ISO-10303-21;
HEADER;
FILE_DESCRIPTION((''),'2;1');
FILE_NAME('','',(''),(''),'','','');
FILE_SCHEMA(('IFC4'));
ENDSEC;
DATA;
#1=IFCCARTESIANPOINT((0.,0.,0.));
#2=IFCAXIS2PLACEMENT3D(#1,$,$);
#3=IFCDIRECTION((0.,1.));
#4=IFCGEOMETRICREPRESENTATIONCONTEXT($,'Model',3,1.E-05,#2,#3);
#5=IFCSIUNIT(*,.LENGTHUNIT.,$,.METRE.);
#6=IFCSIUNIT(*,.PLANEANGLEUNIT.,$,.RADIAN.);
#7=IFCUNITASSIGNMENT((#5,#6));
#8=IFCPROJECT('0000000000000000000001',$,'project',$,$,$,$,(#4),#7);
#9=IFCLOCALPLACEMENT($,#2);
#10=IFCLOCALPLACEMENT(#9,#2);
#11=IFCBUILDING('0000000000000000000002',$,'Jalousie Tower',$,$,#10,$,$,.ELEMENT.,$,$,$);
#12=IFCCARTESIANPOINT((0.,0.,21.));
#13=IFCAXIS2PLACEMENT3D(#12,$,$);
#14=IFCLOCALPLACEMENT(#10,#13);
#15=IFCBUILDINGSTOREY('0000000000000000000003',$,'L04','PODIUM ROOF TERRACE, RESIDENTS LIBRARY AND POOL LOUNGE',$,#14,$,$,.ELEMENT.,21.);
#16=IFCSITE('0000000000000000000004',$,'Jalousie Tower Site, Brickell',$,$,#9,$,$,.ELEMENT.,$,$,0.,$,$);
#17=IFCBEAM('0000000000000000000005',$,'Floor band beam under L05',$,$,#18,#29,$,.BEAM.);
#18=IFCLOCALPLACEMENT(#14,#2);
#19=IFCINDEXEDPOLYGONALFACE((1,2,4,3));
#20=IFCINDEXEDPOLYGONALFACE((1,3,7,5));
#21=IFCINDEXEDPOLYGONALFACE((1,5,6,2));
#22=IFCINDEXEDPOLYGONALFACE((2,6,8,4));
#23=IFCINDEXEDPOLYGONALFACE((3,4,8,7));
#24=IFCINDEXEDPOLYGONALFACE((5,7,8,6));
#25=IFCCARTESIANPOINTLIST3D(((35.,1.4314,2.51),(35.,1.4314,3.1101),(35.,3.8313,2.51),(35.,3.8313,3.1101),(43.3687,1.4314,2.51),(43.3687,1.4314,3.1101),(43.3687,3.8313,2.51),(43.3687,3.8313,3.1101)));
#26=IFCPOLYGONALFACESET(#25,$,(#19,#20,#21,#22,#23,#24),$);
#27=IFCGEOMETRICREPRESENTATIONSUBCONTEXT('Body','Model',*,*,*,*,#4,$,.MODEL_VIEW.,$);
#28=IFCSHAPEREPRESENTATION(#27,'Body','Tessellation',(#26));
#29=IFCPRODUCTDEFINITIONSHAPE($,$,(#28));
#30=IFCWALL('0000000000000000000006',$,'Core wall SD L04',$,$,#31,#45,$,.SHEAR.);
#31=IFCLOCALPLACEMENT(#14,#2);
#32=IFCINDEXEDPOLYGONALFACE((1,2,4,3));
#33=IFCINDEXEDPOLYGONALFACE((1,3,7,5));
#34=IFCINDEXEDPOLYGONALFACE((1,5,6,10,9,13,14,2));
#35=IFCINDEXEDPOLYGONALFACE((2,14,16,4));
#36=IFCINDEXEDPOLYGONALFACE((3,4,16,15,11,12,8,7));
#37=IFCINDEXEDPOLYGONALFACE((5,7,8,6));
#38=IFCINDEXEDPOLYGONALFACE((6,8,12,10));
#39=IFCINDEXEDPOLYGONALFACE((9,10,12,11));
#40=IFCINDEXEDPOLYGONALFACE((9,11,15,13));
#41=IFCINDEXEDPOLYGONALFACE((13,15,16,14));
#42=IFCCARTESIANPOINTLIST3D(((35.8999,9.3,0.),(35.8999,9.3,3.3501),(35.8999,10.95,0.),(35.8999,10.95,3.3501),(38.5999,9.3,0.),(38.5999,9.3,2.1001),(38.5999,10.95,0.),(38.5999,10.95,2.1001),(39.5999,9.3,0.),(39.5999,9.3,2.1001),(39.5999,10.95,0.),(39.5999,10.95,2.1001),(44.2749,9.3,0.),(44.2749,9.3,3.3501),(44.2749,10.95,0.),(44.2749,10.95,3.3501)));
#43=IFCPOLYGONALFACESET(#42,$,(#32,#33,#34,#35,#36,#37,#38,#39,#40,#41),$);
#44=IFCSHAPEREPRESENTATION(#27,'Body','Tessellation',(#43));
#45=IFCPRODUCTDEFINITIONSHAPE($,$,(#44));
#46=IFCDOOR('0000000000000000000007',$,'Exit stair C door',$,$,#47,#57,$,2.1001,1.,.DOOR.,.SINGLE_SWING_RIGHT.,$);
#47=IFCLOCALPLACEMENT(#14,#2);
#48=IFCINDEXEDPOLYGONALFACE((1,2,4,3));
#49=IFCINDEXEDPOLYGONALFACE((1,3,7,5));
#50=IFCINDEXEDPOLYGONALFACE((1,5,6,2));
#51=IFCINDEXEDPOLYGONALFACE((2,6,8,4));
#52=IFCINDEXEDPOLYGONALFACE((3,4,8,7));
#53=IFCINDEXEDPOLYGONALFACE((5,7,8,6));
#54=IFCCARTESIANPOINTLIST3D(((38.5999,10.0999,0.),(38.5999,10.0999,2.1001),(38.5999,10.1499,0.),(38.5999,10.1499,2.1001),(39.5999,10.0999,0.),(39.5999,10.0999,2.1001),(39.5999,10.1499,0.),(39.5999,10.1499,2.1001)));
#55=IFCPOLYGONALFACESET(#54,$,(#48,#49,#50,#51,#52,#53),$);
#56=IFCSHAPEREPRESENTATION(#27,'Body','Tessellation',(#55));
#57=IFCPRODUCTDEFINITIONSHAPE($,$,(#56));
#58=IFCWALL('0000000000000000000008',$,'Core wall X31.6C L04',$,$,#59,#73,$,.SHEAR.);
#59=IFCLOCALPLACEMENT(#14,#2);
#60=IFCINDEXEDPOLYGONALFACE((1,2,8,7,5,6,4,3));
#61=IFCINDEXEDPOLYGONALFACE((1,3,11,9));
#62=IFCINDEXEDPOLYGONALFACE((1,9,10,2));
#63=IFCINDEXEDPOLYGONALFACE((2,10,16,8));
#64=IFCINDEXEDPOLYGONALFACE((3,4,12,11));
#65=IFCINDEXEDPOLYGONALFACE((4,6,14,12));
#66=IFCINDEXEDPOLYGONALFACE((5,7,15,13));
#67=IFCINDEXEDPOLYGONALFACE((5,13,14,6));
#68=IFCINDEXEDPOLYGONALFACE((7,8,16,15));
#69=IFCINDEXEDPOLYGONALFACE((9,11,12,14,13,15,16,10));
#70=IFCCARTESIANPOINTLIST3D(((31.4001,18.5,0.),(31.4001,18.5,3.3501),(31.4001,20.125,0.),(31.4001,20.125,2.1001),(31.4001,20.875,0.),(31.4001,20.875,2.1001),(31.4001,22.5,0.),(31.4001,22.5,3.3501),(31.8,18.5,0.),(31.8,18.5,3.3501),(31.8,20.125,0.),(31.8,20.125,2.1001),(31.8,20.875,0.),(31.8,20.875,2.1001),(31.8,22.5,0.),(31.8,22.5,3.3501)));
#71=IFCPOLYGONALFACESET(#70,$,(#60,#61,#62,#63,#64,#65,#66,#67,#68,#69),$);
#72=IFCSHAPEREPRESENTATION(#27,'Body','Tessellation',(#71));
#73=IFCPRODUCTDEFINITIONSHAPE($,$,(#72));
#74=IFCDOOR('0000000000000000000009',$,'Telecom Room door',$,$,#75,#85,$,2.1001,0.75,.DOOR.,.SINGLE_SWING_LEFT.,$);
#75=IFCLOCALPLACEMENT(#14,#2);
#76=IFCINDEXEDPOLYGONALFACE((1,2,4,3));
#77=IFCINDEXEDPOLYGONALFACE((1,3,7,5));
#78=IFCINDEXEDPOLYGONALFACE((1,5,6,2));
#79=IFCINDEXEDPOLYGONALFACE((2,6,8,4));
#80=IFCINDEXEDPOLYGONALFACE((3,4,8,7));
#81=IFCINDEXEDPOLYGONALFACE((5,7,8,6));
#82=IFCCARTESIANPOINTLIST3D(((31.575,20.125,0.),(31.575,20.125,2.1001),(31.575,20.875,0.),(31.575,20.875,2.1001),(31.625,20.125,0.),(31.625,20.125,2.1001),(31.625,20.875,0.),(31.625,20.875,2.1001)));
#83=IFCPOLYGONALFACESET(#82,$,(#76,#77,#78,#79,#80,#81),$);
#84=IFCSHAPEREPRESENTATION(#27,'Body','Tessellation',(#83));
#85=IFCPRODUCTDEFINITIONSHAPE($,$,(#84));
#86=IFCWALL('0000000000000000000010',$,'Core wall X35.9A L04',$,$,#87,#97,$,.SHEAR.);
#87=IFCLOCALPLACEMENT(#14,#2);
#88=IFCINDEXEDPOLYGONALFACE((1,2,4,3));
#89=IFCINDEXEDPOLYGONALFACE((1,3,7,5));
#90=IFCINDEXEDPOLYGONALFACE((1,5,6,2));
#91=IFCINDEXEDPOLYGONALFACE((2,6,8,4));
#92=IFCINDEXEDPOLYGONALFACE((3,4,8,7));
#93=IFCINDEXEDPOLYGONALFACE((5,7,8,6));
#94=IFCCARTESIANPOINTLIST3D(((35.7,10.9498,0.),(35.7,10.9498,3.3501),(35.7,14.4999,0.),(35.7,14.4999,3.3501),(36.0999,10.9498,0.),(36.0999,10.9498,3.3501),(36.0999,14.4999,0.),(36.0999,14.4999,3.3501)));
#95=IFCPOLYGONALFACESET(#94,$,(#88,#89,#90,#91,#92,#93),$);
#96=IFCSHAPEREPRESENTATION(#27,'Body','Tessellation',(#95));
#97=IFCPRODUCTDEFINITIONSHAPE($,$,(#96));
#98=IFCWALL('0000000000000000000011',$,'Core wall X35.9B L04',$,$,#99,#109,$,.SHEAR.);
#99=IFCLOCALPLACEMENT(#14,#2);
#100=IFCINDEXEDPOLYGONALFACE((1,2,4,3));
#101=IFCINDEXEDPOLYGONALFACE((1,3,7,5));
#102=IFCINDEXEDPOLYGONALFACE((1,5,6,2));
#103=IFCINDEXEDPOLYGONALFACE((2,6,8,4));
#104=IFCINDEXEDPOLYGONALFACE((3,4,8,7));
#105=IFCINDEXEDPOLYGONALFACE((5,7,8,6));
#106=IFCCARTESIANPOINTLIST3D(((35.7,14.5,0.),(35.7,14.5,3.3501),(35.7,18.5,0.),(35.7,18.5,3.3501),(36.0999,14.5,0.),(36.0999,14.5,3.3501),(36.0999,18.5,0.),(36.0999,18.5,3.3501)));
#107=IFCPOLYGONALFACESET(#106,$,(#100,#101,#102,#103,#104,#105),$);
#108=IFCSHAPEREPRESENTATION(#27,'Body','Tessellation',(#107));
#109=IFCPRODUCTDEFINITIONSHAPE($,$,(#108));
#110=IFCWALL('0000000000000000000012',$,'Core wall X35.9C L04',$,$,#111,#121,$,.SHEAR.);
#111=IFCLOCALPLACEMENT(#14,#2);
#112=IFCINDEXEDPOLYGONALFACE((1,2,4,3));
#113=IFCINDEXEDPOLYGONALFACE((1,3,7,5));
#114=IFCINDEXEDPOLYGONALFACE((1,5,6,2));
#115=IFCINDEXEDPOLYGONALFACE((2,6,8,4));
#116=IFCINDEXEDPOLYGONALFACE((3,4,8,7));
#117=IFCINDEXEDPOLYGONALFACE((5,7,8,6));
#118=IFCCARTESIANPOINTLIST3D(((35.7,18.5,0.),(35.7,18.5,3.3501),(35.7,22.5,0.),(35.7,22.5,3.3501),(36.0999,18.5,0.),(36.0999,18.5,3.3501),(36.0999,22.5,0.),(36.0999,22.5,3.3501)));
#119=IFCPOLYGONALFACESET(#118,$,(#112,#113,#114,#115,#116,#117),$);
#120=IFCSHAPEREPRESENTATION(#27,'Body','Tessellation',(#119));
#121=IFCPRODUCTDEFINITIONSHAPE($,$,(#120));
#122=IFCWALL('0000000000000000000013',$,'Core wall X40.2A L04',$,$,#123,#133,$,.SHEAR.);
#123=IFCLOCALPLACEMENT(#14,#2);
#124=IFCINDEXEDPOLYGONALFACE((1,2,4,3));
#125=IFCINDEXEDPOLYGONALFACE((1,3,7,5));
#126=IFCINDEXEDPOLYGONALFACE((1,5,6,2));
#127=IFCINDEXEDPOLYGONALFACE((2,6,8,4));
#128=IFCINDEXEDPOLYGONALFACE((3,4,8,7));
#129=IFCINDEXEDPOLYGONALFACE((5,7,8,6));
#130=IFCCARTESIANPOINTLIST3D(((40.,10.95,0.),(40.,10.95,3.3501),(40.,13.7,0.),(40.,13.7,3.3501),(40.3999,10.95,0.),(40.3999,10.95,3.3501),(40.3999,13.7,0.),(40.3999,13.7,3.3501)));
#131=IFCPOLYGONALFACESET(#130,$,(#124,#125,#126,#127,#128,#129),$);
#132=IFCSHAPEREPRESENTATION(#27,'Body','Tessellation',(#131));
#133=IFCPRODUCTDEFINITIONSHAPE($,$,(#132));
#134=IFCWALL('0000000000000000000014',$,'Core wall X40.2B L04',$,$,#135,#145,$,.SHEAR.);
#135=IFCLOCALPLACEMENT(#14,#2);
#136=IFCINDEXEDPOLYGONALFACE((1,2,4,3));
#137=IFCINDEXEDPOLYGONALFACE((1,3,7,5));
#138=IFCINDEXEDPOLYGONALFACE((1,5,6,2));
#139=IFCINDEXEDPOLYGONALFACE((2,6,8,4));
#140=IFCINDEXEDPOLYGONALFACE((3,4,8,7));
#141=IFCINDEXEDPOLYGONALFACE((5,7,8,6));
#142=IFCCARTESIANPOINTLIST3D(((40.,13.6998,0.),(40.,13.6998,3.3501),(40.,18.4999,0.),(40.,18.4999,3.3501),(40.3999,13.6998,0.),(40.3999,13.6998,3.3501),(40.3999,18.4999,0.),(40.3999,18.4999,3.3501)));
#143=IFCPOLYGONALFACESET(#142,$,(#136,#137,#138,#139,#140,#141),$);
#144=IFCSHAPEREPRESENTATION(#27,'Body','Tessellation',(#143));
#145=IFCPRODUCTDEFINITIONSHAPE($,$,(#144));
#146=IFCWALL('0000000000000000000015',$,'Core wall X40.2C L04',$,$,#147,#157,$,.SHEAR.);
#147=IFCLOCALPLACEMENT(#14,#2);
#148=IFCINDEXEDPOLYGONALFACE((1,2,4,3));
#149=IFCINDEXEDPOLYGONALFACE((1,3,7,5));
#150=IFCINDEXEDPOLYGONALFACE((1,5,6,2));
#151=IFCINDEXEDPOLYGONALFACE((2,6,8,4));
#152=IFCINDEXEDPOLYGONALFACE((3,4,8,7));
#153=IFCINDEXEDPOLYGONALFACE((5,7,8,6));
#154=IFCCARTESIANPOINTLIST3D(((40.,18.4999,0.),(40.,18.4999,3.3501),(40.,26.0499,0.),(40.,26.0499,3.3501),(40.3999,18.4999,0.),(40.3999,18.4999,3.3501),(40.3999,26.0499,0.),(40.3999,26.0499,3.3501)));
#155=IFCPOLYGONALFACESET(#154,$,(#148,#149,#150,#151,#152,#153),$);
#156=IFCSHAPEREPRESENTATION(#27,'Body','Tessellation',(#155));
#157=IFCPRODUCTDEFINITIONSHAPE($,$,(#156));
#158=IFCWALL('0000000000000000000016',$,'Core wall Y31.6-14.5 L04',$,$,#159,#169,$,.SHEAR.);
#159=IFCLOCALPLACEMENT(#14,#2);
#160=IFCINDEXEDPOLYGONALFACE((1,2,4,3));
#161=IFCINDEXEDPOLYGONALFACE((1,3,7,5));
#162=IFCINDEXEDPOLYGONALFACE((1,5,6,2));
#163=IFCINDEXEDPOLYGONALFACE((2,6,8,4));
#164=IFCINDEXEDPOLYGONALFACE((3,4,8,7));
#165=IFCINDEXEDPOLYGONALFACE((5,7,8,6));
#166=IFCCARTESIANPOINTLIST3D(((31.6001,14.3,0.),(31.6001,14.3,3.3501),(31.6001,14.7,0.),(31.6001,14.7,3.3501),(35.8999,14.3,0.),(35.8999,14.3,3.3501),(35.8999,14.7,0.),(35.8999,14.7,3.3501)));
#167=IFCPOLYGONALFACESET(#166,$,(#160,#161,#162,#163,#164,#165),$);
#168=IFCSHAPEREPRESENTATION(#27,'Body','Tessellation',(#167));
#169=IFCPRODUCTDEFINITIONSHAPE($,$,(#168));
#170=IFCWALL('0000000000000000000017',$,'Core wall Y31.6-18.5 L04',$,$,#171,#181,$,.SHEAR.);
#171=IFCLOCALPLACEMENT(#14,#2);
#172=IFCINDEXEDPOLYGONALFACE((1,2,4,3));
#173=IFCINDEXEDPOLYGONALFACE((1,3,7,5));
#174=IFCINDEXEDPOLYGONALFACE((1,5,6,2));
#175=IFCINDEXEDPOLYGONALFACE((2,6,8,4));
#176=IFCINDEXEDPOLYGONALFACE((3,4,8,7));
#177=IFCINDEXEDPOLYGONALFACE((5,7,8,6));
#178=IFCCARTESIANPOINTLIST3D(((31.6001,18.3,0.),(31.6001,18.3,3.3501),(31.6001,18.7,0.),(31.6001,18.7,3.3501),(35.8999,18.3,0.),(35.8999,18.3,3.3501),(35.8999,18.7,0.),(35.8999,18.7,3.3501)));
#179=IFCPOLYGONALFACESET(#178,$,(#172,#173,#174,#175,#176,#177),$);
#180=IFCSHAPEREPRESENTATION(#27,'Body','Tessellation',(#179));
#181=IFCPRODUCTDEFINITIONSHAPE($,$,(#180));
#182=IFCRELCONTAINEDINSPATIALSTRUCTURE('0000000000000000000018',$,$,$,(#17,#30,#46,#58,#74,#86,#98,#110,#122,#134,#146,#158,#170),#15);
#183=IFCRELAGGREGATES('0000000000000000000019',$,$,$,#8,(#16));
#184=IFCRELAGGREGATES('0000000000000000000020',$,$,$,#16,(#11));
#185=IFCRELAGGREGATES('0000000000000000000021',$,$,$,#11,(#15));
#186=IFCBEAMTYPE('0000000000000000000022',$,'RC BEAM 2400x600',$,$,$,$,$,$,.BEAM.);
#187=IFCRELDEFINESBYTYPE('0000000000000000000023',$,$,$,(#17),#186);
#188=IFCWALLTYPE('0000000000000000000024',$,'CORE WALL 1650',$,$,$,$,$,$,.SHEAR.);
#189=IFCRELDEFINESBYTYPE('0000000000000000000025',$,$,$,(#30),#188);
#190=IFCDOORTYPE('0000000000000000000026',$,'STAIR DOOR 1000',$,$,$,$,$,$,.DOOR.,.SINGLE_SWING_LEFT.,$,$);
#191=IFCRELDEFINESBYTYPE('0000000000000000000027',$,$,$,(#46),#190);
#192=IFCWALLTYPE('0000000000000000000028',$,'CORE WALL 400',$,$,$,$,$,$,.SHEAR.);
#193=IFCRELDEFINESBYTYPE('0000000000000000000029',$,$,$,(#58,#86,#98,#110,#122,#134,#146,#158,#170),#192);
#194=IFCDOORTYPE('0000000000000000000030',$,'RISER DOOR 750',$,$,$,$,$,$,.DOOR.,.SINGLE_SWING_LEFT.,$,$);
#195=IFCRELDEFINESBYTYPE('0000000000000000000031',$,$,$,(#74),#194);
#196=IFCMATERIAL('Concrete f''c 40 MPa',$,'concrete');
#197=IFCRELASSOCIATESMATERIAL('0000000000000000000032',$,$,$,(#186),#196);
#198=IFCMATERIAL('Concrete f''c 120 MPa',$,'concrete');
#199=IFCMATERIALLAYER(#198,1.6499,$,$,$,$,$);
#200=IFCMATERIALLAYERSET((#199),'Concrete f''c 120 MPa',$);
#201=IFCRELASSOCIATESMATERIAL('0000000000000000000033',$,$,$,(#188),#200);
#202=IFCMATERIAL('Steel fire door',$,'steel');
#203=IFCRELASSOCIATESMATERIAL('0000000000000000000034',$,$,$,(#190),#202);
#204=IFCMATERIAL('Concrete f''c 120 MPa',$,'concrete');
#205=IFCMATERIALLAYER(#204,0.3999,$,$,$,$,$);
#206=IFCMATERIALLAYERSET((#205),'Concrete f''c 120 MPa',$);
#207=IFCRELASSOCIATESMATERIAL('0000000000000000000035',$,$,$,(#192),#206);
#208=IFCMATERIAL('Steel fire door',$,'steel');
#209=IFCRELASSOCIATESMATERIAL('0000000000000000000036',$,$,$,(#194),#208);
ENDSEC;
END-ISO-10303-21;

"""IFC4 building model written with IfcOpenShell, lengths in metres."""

from ifc_helpers import new_model, si_unit, direction, frame, frame_2d, origin, origin_2d, place, context, subcontext, project, spatial, rectangle, extrude, material, layer, layer_set, material_profile, profile_set, type_object, element, fill, save


model = new_model("IFC4")

# Units and contexts
model_context = context("Model", 3, precision=1e-05, world=origin(), true_north=direction((0.0, 1.0)))
body_context = subcontext(model_context, "Body", "Model", "MODEL_VIEW")
ifc_project = project(units=[si_unit("LENGTHUNIT", "METRE"), si_unit("PLANEANGLEUNIT", "RADIAN")], contexts=[model_context])

# Site, building, storey
site_placement = place(None, origin())
site = spatial("IfcSite", under=ifc_project, at=site_placement, Name="Jalousie Tower Site, Brickell", CompositionType="ELEMENT", RefElevation=0.0)
building_placement = place(site_placement, origin())
building = spatial("IfcBuilding", under=site, at=building_placement, Name="Jalousie Tower", CompositionType="ELEMENT")
storey_placement = place(building_placement, frame((0.0, 0.0, 21.0)))
storey = spatial("IfcBuildingStorey", under=building, at=storey_placement, Name="L04", Description="PODIUM ROOF TERRACE, RESIDENTS LIBRARY AND POOL LOUNGE", CompositionType="ELEMENT", Elevation=21.0)

# Beam
ifc_material_1 = material(Name="Concrete f'c 40 MPa", Category="concrete")
ifc_material_profile = material_profile(ifc_material_1, rectangle(XDim=2.3999, YDim=0.6001, at=origin_2d()), Name="RC 2400x600")
ifc_profile_set = profile_set([ifc_material_profile], Name="Concrete f'c 40 MPa")
beam_type = type_object("IfcBeamType", Name="RC BEAM 2400x600", PredefinedType="BEAM", material=ifc_profile_set)
beam_placement = place(storey_placement, frame((43.3687, 2.6313, 2.8101), z_axis=(-1.0, 0.0, 0.0), x_axis=(0.0, -1.0, 0.0)))
element("IfcBeam", 1, at=beam_placement, inside=storey, type_object=beam_type, Name="Floor band beam under L05", PredefinedType="BEAM", context=body_context, shape_type="SweptSolid", body=[
    extrude(rectangle(XDim=2.3999, YDim=0.6001, at=origin_2d()), origin(), (0.0, 0.0, 1.0), 8.3687),
])

# Walls, openings, doors
ifc_material_2 = material(Name="Concrete f'c 120 MPa", Category="concrete")
ifc_layer_1 = layer(ifc_material_2, 1.6499)
ifc_layer_set_1 = layer_set([ifc_layer_1], Name="Concrete f'c 120 MPa")
wall_type_1 = type_object("IfcWallType", Name="CORE WALL 1650", PredefinedType="SHEAR", material=ifc_layer_set_1)
wall_1_placement = place(storey_placement, frame((35.8999, 10.125, 0.0), z_axis=(0.0, 0.0, 1.0), x_axis=(1.0, 0.0, 0.0)))
wall_1 = element("IfcWall", 2, at=wall_1_placement, inside=storey, type_object=wall_type_1, Name="Core wall SD L04", PredefinedType="SHEAR", context=body_context, shape_type="SweptSolid", body=[
    extrude(rectangle(XDim=8.375, YDim=1.6499, at=frame_2d((4.1875, 0.0))), origin(), (0.0, 0.0, 1.0), 3.3501),
])
opening_1_placement = place(wall_1_placement, frame((2.7, 0.0, 0.0)))
opening_1 = element("IfcOpeningElement", 3, at=opening_1_placement, cuts=wall_1, PredefinedType="OPENING", context=body_context, shape_type="SweptSolid", body=[
    extrude(rectangle(XDim=1.0, YDim=2.1001, at=frame_2d((0.5, 1.05))), frame((0.0, 0.835, 0.0), z_axis=(0.0, -1.0, 0.0), x_axis=(1.0, 0.0, 0.0)), (0.0, 0.0, 1.0), 1.6699),
])
ifc_material_3 = material(Name="Steel fire door", Category="steel")
door_type_1 = type_object("IfcDoorType", Name="STAIR DOOR 1000", OperationType="SINGLE_SWING_LEFT", PredefinedType="DOOR", material=ifc_material_3)
door_1_placement = place(opening_1_placement, origin())
door_1 = element("IfcDoor", 4, at=door_1_placement, inside=storey, type_object=door_type_1, Name="Exit stair C door", OperationType="SINGLE_SWING_RIGHT", OverallHeight=2.1001, OverallWidth=1.0, PredefinedType="DOOR", context=body_context, shape_type="SweptSolid", body=[
    extrude(rectangle(XDim=1.0, YDim=2.1001, at=frame_2d((0.5, 1.05))), frame((0.0, 0.0249, 0.0), z_axis=(0.0, -1.0, 0.0), x_axis=(1.0, 0.0, 0.0)), (0.0, 0.0, 1.0), 0.05),
])
fill(opening_1, door_1)
ifc_material_4 = material(Name="Concrete f'c 120 MPa", Category="concrete")
ifc_layer_2 = layer(ifc_material_4, 0.3999)
ifc_layer_set_2 = layer_set([ifc_layer_2], Name="Concrete f'c 120 MPa")
wall_type_2 = type_object("IfcWallType", Name="CORE WALL 400", PredefinedType="SHEAR", material=ifc_layer_set_2)
wall_2_placement = place(storey_placement, frame((31.6001, 18.5, 0.0), z_axis=(0.0, 0.0, 1.0), x_axis=(0.0, 1.0, 0.0)))
wall_2 = element("IfcWall", 5, at=wall_2_placement, inside=storey, type_object=wall_type_2, Name="Core wall X31.6C L04", PredefinedType="SHEAR", context=body_context, shape_type="SweptSolid", body=[
    extrude(rectangle(XDim=4.0, YDim=0.3999, at=frame_2d((2.0, 0.0))), origin(), (0.0, 0.0, 1.0), 3.3501),
])
opening_2_placement = place(wall_2_placement, frame((1.625, 0.0, 0.0)))
opening_2 = element("IfcOpeningElement", 6, at=opening_2_placement, cuts=wall_2, PredefinedType="OPENING", context=body_context, shape_type="SweptSolid", body=[
    extrude(rectangle(XDim=0.75, YDim=2.1001, at=frame_2d((0.375, 1.05))), frame((0.0, 0.21, 0.0), z_axis=(0.0, -1.0, 0.0), x_axis=(1.0, 0.0, 0.0)), (0.0, 0.0, 1.0), 0.4199),
])
ifc_material_5 = material(Name="Steel fire door", Category="steel")
door_type_2 = type_object("IfcDoorType", Name="RISER DOOR 750", OperationType="SINGLE_SWING_LEFT", PredefinedType="DOOR", material=ifc_material_5)
door_2_placement = place(opening_2_placement, frame((0.75, 0.0, 0.0), z_axis=(0.0, 0.0, 1.0), x_axis=(-1.0, 0.0, 0.0)))
door_2 = element("IfcDoor", 7, at=door_2_placement, inside=storey, type_object=door_type_2, Name="Telecom Room door", OperationType="SINGLE_SWING_LEFT", OverallHeight=2.1001, OverallWidth=0.75, PredefinedType="DOOR", context=body_context, shape_type="SweptSolid", body=[
    extrude(rectangle(XDim=0.75, YDim=2.1001, at=frame_2d((0.375, 1.05))), frame((0.0, 0.0249, 0.0), z_axis=(0.0, -1.0, 0.0), x_axis=(1.0, 0.0, 0.0)), (0.0, 0.0, 1.0), 0.05),
])
fill(opening_2, door_2)

# Walls
wall_3_placement = place(storey_placement, frame((35.8999, 10.95, 0.0), z_axis=(0.0, 0.0, 1.0), x_axis=(0.0, 1.0, 0.0)))
element("IfcWall", 8, at=wall_3_placement, inside=storey, type_object=wall_type_2, Name="Core wall X35.9A L04", PredefinedType="SHEAR", context=body_context, shape_type="SweptSolid", body=[
    extrude(rectangle(XDim=3.55, YDim=0.3999, at=frame_2d((1.7749, 0.0))), origin(), (0.0, 0.0, 1.0), 3.3501),
])
for number, where, z_axis, x_axis, name in (
    (9, (35.8999, 14.5, 0.0), (0.0, 0.0, 1.0), (0.0, 1.0, 0.0), "Core wall X35.9B L04"),
    (10, (35.8999, 18.5, 0.0), (0.0, 0.0, 1.0), (0.0, 1.0, 0.0), "Core wall X35.9C L04"),
):
    element("IfcWall", number, at=place(storey_placement, frame(where, z_axis=z_axis, x_axis=x_axis)), inside=storey, type_object=wall_type_2, Name=name, PredefinedType="SHEAR", context=body_context, shape_type="SweptSolid", body=[
        extrude(rectangle(XDim=4.0, YDim=0.3999, at=frame_2d((2.0, 0.0))), origin(), (0.0, 0.0, 1.0), 3.3501),
    ])
wall_4_placement = place(storey_placement, frame((40.2, 10.95, 0.0), z_axis=(0.0, 0.0, 1.0), x_axis=(0.0, 1.0, 0.0)))
element("IfcWall", 11, at=wall_4_placement, inside=storey, type_object=wall_type_2, Name="Core wall X40.2A L04", PredefinedType="SHEAR", context=body_context, shape_type="SweptSolid", body=[
    extrude(rectangle(XDim=2.75, YDim=0.3999, at=frame_2d((1.375, 0.0))), origin(), (0.0, 0.0, 1.0), 3.3501),
])
wall_5_placement = place(storey_placement, frame((40.2, 13.7, 0.0), z_axis=(0.0, 0.0, 1.0), x_axis=(0.0, 1.0, 0.0)))
element("IfcWall", 12, at=wall_5_placement, inside=storey, type_object=wall_type_2, Name="Core wall X40.2B L04", PredefinedType="SHEAR", context=body_context, shape_type="SweptSolid", body=[
    extrude(rectangle(XDim=4.8, YDim=0.3999, at=frame_2d((2.3999, 0.0))), origin(), (0.0, 0.0, 1.0), 3.3501),
])
wall_6_placement = place(storey_placement, frame((40.2, 18.5, 0.0), z_axis=(0.0, 0.0, 1.0), x_axis=(0.0, 1.0, 0.0)))
element("IfcWall", 13, at=wall_6_placement, inside=storey, type_object=wall_type_2, Name="Core wall X40.2C L04", PredefinedType="SHEAR", context=body_context, shape_type="SweptSolid", body=[
    extrude(rectangle(XDim=7.55, YDim=0.3999, at=frame_2d((3.7749, 0.0))), origin(), (0.0, 0.0, 1.0), 3.3501),
])
for number, where, z_axis, x_axis, name in (
    (14, (31.6001, 14.5, 0.0), (0.0, 0.0, 1.0), (1.0, 0.0, 0.0), "Core wall Y31.6-14.5 L04"),
    (15, (31.6001, 18.5, 0.0), (0.0, 0.0, 1.0), (1.0, 0.0, 0.0), "Core wall Y31.6-18.5 L04"),
):
    element("IfcWall", number, at=place(storey_placement, frame(where, z_axis=z_axis, x_axis=x_axis)), inside=storey, type_object=wall_type_2, Name=name, PredefinedType="SHEAR", context=body_context, shape_type="SweptSolid", body=[
        extrude(rectangle(XDim=4.2998, YDim=0.3999, at=frame_2d((2.1499, 0.0))), origin(), (0.0, 0.0, 1.0), 3.3501),
    ])

save(model, "model.ifc")
